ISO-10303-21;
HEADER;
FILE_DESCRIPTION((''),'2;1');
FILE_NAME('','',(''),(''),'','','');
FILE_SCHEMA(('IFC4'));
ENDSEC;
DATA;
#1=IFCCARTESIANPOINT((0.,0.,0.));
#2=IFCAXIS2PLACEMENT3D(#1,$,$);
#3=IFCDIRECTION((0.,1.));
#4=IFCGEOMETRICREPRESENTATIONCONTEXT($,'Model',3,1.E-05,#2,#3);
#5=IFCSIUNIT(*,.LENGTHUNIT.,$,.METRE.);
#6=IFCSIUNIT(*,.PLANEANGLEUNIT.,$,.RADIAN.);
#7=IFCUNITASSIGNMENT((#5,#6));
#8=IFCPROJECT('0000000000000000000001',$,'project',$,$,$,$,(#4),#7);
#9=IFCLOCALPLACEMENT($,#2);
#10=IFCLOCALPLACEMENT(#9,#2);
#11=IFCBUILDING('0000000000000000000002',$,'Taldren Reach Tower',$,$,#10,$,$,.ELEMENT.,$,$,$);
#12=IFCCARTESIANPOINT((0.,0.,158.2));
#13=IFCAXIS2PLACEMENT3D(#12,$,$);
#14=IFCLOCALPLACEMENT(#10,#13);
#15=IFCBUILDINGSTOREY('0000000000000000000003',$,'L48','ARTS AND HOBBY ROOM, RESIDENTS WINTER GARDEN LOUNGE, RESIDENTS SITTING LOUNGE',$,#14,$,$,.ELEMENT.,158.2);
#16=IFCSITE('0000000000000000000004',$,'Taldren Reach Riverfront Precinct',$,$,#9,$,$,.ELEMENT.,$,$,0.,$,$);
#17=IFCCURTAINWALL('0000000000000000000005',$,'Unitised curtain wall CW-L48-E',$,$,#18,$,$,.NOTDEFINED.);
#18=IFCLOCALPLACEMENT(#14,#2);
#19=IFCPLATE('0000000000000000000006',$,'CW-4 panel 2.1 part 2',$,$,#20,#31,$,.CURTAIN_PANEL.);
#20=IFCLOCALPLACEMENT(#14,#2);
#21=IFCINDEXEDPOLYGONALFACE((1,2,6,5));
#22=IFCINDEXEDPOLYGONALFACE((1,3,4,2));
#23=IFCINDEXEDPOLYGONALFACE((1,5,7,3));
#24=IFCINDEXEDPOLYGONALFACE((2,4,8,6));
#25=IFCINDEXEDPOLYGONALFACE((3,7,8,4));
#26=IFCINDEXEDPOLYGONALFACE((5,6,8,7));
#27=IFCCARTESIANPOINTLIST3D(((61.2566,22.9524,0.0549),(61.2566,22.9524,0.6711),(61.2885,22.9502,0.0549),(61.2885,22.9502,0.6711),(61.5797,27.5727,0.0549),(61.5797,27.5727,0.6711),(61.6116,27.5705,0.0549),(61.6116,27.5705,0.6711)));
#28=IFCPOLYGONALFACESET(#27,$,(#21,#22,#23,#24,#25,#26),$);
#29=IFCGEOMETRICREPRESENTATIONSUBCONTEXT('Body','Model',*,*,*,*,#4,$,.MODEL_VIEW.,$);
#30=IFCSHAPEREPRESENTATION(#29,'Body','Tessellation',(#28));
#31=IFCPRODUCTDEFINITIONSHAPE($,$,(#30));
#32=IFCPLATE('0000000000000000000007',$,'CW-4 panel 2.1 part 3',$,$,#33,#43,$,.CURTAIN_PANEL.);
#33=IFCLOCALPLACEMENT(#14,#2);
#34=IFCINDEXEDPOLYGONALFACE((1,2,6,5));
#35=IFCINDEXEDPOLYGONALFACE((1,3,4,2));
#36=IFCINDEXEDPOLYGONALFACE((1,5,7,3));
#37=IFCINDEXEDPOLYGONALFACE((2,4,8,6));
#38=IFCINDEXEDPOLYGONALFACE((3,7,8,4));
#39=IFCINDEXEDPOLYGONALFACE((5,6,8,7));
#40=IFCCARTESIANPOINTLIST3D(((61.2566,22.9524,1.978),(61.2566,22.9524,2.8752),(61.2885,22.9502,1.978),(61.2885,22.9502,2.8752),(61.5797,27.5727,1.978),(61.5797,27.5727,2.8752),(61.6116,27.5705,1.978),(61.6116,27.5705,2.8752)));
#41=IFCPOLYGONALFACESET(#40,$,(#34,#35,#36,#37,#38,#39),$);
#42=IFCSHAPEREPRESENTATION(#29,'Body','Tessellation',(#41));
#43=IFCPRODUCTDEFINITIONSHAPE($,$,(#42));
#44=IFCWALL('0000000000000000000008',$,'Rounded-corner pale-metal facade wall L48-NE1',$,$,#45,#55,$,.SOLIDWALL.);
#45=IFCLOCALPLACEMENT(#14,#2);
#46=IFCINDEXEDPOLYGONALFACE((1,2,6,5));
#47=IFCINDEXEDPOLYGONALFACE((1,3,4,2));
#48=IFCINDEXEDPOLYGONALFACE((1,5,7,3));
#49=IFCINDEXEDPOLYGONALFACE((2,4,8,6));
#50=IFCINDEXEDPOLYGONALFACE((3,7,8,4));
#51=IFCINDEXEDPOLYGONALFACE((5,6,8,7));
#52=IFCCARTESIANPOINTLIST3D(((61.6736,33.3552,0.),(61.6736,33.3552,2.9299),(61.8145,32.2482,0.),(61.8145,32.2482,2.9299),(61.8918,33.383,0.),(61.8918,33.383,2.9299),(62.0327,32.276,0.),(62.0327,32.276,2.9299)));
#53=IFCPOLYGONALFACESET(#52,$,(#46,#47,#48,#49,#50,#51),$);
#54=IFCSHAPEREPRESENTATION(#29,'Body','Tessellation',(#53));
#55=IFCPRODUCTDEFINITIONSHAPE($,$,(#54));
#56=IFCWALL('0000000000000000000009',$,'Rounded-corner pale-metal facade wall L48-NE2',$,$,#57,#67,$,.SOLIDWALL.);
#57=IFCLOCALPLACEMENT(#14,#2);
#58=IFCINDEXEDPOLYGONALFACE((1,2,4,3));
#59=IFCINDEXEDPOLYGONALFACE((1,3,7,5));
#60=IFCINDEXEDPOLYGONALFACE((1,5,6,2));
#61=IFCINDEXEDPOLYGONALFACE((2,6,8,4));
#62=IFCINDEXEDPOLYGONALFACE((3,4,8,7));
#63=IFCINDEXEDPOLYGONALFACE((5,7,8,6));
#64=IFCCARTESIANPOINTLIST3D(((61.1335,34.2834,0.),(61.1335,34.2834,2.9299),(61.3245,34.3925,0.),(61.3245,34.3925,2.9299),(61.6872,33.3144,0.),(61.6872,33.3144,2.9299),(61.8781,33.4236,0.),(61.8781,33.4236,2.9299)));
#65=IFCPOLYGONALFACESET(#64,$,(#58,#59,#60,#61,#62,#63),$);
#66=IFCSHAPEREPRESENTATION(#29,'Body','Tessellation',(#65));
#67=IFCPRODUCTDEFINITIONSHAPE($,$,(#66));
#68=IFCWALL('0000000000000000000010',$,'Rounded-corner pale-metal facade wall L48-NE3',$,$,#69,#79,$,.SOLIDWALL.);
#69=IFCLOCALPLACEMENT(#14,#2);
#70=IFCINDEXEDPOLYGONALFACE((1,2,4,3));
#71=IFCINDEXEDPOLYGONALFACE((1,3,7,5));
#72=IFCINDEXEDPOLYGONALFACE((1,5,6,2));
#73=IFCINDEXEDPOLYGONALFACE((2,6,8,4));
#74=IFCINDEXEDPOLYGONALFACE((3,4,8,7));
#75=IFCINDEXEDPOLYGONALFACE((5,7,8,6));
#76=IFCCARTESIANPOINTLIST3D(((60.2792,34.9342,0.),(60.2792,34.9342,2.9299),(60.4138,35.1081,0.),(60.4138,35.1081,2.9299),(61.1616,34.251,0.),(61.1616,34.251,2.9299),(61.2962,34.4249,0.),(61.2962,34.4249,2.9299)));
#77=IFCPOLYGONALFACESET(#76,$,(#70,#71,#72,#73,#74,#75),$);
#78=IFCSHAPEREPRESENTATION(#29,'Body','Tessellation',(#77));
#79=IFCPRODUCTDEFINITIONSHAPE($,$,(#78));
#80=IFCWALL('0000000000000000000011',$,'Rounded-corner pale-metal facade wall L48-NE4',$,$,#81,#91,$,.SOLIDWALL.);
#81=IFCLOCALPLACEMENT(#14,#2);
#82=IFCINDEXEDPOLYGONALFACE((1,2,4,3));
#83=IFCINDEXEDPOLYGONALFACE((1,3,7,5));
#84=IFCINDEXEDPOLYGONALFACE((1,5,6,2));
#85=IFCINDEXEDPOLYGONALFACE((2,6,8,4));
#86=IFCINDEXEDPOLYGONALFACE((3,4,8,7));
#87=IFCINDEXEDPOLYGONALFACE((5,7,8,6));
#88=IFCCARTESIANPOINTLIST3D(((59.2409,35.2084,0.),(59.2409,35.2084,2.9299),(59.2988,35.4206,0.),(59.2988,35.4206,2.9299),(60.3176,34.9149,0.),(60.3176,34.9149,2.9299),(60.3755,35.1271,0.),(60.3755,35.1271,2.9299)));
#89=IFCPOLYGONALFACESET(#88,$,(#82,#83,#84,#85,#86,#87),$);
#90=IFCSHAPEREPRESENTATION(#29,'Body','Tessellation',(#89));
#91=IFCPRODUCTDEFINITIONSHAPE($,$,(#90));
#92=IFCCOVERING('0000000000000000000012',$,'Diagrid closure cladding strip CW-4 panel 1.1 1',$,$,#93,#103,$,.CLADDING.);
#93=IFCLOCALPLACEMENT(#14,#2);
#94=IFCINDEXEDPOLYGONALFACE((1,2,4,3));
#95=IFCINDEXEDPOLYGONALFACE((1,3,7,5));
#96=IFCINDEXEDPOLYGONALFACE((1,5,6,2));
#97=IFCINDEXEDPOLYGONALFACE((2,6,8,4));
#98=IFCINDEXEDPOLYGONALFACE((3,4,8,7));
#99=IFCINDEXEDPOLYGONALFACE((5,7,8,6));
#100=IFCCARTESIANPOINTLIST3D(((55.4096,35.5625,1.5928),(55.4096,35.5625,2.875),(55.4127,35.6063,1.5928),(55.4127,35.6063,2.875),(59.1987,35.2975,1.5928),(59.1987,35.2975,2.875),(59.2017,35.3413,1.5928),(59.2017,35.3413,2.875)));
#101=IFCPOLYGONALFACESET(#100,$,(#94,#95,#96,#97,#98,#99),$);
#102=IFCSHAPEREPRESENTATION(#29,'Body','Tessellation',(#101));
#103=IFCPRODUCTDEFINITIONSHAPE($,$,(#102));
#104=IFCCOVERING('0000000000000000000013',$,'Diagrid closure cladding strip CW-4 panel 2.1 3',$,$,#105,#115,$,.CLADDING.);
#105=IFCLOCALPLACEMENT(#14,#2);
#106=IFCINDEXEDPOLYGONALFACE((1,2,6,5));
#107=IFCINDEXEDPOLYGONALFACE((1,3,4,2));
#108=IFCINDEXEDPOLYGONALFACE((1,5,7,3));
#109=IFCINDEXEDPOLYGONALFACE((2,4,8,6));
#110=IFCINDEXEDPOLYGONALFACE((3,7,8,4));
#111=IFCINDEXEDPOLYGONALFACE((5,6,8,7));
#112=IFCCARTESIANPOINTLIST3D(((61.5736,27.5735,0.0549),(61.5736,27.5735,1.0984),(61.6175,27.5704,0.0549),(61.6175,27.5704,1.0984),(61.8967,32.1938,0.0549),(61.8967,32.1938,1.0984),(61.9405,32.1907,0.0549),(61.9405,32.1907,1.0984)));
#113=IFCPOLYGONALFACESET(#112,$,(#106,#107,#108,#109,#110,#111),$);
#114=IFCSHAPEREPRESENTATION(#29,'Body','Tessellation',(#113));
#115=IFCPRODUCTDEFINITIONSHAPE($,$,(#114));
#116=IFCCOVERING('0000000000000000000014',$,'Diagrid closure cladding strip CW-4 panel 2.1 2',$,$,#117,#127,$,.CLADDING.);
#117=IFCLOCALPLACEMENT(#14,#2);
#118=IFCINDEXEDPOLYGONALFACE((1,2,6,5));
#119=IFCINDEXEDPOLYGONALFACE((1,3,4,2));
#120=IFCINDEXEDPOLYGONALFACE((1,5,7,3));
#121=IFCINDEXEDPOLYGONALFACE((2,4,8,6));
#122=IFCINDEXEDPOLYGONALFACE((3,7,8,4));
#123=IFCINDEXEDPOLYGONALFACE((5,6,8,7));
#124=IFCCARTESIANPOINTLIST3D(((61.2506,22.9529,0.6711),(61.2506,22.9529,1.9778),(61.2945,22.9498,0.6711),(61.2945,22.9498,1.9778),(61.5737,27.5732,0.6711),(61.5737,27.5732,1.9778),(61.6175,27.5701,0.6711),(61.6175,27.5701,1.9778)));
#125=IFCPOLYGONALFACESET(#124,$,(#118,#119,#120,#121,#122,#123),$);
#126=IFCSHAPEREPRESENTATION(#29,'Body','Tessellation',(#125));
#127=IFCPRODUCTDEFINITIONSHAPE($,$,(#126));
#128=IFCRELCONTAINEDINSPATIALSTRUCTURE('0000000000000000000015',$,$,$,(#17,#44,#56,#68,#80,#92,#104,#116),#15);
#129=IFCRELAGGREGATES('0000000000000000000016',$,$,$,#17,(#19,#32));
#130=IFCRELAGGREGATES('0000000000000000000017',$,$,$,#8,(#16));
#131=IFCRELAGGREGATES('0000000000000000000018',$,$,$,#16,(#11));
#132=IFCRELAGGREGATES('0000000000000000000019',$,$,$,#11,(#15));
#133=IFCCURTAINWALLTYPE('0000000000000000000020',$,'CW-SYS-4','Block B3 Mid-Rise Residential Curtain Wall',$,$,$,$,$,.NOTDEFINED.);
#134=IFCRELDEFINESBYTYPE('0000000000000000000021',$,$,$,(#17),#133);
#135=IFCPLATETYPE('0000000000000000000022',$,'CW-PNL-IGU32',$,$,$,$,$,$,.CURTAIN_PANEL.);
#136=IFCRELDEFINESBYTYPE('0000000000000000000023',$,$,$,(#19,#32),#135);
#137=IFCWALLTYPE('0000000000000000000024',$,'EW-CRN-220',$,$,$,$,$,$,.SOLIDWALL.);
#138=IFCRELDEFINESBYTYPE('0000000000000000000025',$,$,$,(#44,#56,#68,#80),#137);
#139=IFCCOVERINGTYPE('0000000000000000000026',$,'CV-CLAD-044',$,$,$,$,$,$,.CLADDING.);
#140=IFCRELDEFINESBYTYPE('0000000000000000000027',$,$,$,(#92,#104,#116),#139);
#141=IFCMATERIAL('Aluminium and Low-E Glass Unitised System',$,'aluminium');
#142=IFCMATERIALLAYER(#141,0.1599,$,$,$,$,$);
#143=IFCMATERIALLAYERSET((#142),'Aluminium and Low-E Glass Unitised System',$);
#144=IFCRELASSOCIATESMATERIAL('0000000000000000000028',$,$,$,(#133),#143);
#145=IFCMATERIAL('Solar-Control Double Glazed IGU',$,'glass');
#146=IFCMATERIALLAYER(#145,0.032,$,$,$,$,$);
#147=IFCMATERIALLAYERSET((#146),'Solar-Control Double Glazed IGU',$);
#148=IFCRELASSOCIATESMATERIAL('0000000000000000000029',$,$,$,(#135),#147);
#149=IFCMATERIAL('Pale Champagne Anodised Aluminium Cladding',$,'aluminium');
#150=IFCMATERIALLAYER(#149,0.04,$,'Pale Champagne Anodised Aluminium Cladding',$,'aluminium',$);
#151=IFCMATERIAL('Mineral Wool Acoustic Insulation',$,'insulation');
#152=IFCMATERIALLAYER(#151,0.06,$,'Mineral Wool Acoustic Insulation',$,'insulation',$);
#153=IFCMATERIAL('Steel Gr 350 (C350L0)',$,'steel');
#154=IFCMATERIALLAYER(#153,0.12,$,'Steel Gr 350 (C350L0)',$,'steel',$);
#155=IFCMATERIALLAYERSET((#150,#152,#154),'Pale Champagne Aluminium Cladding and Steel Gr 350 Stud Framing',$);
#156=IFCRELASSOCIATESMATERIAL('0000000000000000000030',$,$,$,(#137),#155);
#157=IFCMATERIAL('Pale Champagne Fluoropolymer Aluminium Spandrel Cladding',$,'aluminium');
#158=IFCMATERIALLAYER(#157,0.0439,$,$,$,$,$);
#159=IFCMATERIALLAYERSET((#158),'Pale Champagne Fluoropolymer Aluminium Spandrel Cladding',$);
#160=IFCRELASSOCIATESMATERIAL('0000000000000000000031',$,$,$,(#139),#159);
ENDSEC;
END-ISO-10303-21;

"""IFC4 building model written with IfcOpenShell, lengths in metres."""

from ifc_helpers import new_model, si_unit, direction, frame, frame_2d, origin, origin_2d, place, context, subcontext, project, spatial, rectangle, extrude, source, transform, mapped, material, layer, layer_set, type_object, element, aggregate, save


model = new_model("IFC4")

# Units and contexts
model_context = context("Model", 3, precision=1e-05, world=origin(), true_north=direction((0.0, 1.0)))
body_context = subcontext(model_context, "Body", "Model", "MODEL_VIEW")
ifc_project = project(units=[si_unit("LENGTHUNIT", "METRE"), si_unit("PLANEANGLEUNIT", "RADIAN")], contexts=[model_context])

# Site, building, storey
site_placement = place(None, origin())
site = spatial("IfcSite", under=ifc_project, at=site_placement, Name="Taldren Reach Riverfront Precinct", CompositionType="ELEMENT", RefElevation=0.0)
building_placement = place(site_placement, origin())
building = spatial("IfcBuilding", under=site, at=building_placement, Name="Taldren Reach Tower", CompositionType="ELEMENT")
storey_placement = place(building_placement, frame((0.0, 0.0, 158.2)))
storey = spatial("IfcBuildingStorey", under=building, at=storey_placement, Name="L48", Description="ARTS AND HOBBY ROOM, RESIDENTS WINTER GARDEN LOUNGE, RESIDENTS SITTING LOUNGE", CompositionType="ELEMENT", Elevation=158.2)

# Shared definitions
ifc_material_1 = material(Name="Steel Gr 350 (C350L0)", Category="steel")

# Shared definitions
ifc_material_2 = material(Name="Aluminium and Low-E Glass Unitised System", Category="aluminium")
ifc_layer_1 = layer(ifc_material_2, 0.1599)
ifc_layer_set_1 = layer_set([ifc_layer_1], Name="Aluminium and Low-E Glass Unitised System")
curtain_wall_type = type_object("IfcCurtainWallType", Name="CW-SYS-4", Description="Block B3 Mid-Rise Residential Curtain Wall", PredefinedType="NOTDEFINED", material=ifc_layer_set_1)

# Curtain wall
curtain_wall_1_placement = place(storey_placement, origin())
curtain_wall_1 = element("IfcCurtainWall", 1, at=curtain_wall_1_placement, inside=storey, type_object=curtain_wall_type, Name="Unitised curtain wall CW-L48-E", PredefinedType="NOTDEFINED")

# Plates
ifc_material_3 = material(Name="Solar-Control Double Glazed IGU", Category="glass")
ifc_layer_2 = layer(ifc_material_3, 0.032)
ifc_layer_set_2 = layer_set([ifc_layer_2], Name="Solar-Control Double Glazed IGU")
plate_type_1 = type_object("IfcPlateType", Name="CW-PNL-IGU32", PredefinedType="CURTAIN_PANEL", material=ifc_layer_set_2)
shared_shape_1 = source(origin(), body_context, "Body", "SweptSolid", [
    extrude(rectangle(XDim=4.6316, YDim=0.032, at=origin_2d()), origin(), (0.0, 0.0, 1.0), 0.6162),
])
plate_1_placement = place(storey_placement, frame((61.4341, 25.2615, 0.0549), z_axis=(0.0, 0.0, 1.0), x_axis=(0.069756, 0.997564, 0.0)))
plate_1 = element("IfcPlate", 2, at=plate_1_placement, type_object=plate_type_1, Name="CW-4 panel 2.1 part 2", PredefinedType="CURTAIN_PANEL", context=body_context, shape_type="MappedRepresentation", body=[
    mapped(shared_shape_1, transform((0.0, 0.0, 0.0), scale=1.0)),
])
shared_shape_2 = source(origin(), body_context, "Body", "SweptSolid", [
    extrude(rectangle(XDim=4.6316, YDim=0.032, at=origin_2d()), origin(), (0.0, 0.0, 1.0), 0.8972),
])
plate_2_placement = place(storey_placement, frame((61.4341, 25.2615, 1.978), z_axis=(0.0, 0.0, 1.0), x_axis=(0.069756, 0.997564, 0.0)))
plate_2 = element("IfcPlate", 3, at=plate_2_placement, type_object=plate_type_1, Name="CW-4 panel 2.1 part 3", PredefinedType="CURTAIN_PANEL", context=body_context, shape_type="MappedRepresentation", body=[
    mapped(shared_shape_2, transform((0.0, 0.0, 0.0), scale=1.0)),
])
aggregate(curtain_wall_1, [plate_1, plate_2])

# Walls
ifc_material_4 = material(Name="Pale Champagne Anodised Aluminium Cladding", Category="aluminium")
ifc_layer_3 = layer(ifc_material_4, 0.04, Name="Pale Champagne Anodised Aluminium Cladding", Category="aluminium")
ifc_material_5 = material(Name="Mineral Wool Acoustic Insulation", Category="insulation")
ifc_layer_4 = layer(ifc_material_5, 0.06, Name="Mineral Wool Acoustic Insulation", Category="insulation")
ifc_layer_5 = layer(ifc_material_1, 0.12, Name="Steel Gr 350 (C350L0)", Category="steel")
ifc_layer_set_3 = layer_set([ifc_layer_3, ifc_layer_4, ifc_layer_5], Name="Pale Champagne Aluminium Cladding and Steel Gr 350 Stud Framing")
wall_type = type_object("IfcWallType", Name="EW-CRN-220", PredefinedType="SOLIDWALL", material=ifc_layer_set_3)
shared_shape_3 = source(origin(), body_context, "Body", "SweptSolid", [
    extrude(rectangle(XDim=1.116, YDim=0.22, at=frame_2d((0.5581, 0.0))), origin(), (0.0, 0.0, 1.0), 2.9299),
])
for number, where, z_axis, x_axis, name in (
    (4, (61.9236, 32.262, 0.0), (0.0, 0.0, 1.0), (-0.126243, 0.991999, 0.0), "Rounded-corner pale-metal facade wall L48-NE1"),
    (5, (61.7827, 33.3689, 0.0), (0.0, 0.0, 1.0), (-0.496139, 0.868243, 0.0), "Rounded-corner pale-metal facade wall L48-NE2"),
    (6, (61.229, 34.3379, 0.0), (0.0, 0.0, 1.0), (-0.790717, 0.612182, 0.0), "Rounded-corner pale-metal facade wall L48-NE3"),
    (7, (60.3467, 35.021, 0.0), (0.0, 0.0, 1.0), (-0.964804, 0.262969, 0.0), "Rounded-corner pale-metal facade wall L48-NE4"),
):
    element("IfcWall", number, at=place(storey_placement, frame(where, z_axis=z_axis, x_axis=x_axis)), inside=storey, type_object=wall_type, Name=name, PredefinedType="SOLIDWALL", context=body_context, shape_type="MappedRepresentation", body=[
        mapped(shared_shape_3, transform((0.0, 0.0, 0.0), scale=1.0)),
    ])

# Coverings
ifc_material_6 = material(Name="Pale Champagne Fluoropolymer Aluminium Spandrel Cladding", Category="aluminium")
ifc_layer_6 = layer(ifc_material_6, 0.0439)
ifc_layer_set_4 = layer_set([ifc_layer_6], Name="Pale Champagne Fluoropolymer Aluminium Spandrel Cladding")
covering_type = type_object("IfcCoveringType", Name="CV-CLAD-044", PredefinedType="CLADDING", material=ifc_layer_set_4)
shared_shape_4 = source(origin(), body_context, "Body", "SweptSolid", [
    extrude(rectangle(XDim=3.7983, YDim=0.0439, at=origin_2d()), origin(), (0.0, 0.0, 1.0), 1.2822),
])
covering_1_placement = place(storey_placement, frame((57.3057, 35.4519, 1.5928), z_axis=(0.0, 0.0, 1.0), x_axis=(-0.997564, 0.069757, 0.0)))
element("IfcCovering", 8, at=covering_1_placement, inside=storey, type_object=covering_type, Name="Diagrid closure cladding strip CW-4 panel 1.1 1", PredefinedType="CLADDING", context=body_context, shape_type="MappedRepresentation", body=[
    mapped(shared_shape_4, transform((0.0, 0.0, 0.0), scale=1.0)),
])
shared_shape_5 = source(origin(), body_context, "Body", "SweptSolid", [
    extrude(rectangle(XDim=4.6316, YDim=0.0439, at=origin_2d()), origin(), (0.0, 0.0, 1.0), 1.0435),
])
covering_2_placement = place(storey_placement, frame((61.7571, 29.8821, 0.0549), z_axis=(0.0, 0.0, 1.0), x_axis=(0.069756, 0.997564, 0.0)))
element("IfcCovering", 9, at=covering_2_placement, inside=storey, type_object=covering_type, Name="Diagrid closure cladding strip CW-4 panel 2.1 3", PredefinedType="CLADDING", context=body_context, shape_type="MappedRepresentation", body=[
    mapped(shared_shape_5, transform((0.0, 0.0, 0.0), scale=1.0)),
])
shared_shape_6 = source(origin(), body_context, "Body", "SweptSolid", [
    extrude(rectangle(XDim=4.6316, YDim=0.0439, at=origin_2d()), origin(), (0.0, 0.0, 1.0), 1.3066),
])
covering_3_placement = place(storey_placement, frame((61.4341, 25.2615, 0.6711), z_axis=(0.0, 0.0, 1.0), x_axis=(0.069756, 0.997564, 0.0)))
element("IfcCovering", 10, at=covering_3_placement, inside=storey, type_object=covering_type, Name="Diagrid closure cladding strip CW-4 panel 2.1 2", PredefinedType="CLADDING", context=body_context, shape_type="MappedRepresentation", body=[
    mapped(shared_shape_6, transform((0.0, 0.0, 0.0), scale=1.0)),
])

save(model, "model.ifc")
